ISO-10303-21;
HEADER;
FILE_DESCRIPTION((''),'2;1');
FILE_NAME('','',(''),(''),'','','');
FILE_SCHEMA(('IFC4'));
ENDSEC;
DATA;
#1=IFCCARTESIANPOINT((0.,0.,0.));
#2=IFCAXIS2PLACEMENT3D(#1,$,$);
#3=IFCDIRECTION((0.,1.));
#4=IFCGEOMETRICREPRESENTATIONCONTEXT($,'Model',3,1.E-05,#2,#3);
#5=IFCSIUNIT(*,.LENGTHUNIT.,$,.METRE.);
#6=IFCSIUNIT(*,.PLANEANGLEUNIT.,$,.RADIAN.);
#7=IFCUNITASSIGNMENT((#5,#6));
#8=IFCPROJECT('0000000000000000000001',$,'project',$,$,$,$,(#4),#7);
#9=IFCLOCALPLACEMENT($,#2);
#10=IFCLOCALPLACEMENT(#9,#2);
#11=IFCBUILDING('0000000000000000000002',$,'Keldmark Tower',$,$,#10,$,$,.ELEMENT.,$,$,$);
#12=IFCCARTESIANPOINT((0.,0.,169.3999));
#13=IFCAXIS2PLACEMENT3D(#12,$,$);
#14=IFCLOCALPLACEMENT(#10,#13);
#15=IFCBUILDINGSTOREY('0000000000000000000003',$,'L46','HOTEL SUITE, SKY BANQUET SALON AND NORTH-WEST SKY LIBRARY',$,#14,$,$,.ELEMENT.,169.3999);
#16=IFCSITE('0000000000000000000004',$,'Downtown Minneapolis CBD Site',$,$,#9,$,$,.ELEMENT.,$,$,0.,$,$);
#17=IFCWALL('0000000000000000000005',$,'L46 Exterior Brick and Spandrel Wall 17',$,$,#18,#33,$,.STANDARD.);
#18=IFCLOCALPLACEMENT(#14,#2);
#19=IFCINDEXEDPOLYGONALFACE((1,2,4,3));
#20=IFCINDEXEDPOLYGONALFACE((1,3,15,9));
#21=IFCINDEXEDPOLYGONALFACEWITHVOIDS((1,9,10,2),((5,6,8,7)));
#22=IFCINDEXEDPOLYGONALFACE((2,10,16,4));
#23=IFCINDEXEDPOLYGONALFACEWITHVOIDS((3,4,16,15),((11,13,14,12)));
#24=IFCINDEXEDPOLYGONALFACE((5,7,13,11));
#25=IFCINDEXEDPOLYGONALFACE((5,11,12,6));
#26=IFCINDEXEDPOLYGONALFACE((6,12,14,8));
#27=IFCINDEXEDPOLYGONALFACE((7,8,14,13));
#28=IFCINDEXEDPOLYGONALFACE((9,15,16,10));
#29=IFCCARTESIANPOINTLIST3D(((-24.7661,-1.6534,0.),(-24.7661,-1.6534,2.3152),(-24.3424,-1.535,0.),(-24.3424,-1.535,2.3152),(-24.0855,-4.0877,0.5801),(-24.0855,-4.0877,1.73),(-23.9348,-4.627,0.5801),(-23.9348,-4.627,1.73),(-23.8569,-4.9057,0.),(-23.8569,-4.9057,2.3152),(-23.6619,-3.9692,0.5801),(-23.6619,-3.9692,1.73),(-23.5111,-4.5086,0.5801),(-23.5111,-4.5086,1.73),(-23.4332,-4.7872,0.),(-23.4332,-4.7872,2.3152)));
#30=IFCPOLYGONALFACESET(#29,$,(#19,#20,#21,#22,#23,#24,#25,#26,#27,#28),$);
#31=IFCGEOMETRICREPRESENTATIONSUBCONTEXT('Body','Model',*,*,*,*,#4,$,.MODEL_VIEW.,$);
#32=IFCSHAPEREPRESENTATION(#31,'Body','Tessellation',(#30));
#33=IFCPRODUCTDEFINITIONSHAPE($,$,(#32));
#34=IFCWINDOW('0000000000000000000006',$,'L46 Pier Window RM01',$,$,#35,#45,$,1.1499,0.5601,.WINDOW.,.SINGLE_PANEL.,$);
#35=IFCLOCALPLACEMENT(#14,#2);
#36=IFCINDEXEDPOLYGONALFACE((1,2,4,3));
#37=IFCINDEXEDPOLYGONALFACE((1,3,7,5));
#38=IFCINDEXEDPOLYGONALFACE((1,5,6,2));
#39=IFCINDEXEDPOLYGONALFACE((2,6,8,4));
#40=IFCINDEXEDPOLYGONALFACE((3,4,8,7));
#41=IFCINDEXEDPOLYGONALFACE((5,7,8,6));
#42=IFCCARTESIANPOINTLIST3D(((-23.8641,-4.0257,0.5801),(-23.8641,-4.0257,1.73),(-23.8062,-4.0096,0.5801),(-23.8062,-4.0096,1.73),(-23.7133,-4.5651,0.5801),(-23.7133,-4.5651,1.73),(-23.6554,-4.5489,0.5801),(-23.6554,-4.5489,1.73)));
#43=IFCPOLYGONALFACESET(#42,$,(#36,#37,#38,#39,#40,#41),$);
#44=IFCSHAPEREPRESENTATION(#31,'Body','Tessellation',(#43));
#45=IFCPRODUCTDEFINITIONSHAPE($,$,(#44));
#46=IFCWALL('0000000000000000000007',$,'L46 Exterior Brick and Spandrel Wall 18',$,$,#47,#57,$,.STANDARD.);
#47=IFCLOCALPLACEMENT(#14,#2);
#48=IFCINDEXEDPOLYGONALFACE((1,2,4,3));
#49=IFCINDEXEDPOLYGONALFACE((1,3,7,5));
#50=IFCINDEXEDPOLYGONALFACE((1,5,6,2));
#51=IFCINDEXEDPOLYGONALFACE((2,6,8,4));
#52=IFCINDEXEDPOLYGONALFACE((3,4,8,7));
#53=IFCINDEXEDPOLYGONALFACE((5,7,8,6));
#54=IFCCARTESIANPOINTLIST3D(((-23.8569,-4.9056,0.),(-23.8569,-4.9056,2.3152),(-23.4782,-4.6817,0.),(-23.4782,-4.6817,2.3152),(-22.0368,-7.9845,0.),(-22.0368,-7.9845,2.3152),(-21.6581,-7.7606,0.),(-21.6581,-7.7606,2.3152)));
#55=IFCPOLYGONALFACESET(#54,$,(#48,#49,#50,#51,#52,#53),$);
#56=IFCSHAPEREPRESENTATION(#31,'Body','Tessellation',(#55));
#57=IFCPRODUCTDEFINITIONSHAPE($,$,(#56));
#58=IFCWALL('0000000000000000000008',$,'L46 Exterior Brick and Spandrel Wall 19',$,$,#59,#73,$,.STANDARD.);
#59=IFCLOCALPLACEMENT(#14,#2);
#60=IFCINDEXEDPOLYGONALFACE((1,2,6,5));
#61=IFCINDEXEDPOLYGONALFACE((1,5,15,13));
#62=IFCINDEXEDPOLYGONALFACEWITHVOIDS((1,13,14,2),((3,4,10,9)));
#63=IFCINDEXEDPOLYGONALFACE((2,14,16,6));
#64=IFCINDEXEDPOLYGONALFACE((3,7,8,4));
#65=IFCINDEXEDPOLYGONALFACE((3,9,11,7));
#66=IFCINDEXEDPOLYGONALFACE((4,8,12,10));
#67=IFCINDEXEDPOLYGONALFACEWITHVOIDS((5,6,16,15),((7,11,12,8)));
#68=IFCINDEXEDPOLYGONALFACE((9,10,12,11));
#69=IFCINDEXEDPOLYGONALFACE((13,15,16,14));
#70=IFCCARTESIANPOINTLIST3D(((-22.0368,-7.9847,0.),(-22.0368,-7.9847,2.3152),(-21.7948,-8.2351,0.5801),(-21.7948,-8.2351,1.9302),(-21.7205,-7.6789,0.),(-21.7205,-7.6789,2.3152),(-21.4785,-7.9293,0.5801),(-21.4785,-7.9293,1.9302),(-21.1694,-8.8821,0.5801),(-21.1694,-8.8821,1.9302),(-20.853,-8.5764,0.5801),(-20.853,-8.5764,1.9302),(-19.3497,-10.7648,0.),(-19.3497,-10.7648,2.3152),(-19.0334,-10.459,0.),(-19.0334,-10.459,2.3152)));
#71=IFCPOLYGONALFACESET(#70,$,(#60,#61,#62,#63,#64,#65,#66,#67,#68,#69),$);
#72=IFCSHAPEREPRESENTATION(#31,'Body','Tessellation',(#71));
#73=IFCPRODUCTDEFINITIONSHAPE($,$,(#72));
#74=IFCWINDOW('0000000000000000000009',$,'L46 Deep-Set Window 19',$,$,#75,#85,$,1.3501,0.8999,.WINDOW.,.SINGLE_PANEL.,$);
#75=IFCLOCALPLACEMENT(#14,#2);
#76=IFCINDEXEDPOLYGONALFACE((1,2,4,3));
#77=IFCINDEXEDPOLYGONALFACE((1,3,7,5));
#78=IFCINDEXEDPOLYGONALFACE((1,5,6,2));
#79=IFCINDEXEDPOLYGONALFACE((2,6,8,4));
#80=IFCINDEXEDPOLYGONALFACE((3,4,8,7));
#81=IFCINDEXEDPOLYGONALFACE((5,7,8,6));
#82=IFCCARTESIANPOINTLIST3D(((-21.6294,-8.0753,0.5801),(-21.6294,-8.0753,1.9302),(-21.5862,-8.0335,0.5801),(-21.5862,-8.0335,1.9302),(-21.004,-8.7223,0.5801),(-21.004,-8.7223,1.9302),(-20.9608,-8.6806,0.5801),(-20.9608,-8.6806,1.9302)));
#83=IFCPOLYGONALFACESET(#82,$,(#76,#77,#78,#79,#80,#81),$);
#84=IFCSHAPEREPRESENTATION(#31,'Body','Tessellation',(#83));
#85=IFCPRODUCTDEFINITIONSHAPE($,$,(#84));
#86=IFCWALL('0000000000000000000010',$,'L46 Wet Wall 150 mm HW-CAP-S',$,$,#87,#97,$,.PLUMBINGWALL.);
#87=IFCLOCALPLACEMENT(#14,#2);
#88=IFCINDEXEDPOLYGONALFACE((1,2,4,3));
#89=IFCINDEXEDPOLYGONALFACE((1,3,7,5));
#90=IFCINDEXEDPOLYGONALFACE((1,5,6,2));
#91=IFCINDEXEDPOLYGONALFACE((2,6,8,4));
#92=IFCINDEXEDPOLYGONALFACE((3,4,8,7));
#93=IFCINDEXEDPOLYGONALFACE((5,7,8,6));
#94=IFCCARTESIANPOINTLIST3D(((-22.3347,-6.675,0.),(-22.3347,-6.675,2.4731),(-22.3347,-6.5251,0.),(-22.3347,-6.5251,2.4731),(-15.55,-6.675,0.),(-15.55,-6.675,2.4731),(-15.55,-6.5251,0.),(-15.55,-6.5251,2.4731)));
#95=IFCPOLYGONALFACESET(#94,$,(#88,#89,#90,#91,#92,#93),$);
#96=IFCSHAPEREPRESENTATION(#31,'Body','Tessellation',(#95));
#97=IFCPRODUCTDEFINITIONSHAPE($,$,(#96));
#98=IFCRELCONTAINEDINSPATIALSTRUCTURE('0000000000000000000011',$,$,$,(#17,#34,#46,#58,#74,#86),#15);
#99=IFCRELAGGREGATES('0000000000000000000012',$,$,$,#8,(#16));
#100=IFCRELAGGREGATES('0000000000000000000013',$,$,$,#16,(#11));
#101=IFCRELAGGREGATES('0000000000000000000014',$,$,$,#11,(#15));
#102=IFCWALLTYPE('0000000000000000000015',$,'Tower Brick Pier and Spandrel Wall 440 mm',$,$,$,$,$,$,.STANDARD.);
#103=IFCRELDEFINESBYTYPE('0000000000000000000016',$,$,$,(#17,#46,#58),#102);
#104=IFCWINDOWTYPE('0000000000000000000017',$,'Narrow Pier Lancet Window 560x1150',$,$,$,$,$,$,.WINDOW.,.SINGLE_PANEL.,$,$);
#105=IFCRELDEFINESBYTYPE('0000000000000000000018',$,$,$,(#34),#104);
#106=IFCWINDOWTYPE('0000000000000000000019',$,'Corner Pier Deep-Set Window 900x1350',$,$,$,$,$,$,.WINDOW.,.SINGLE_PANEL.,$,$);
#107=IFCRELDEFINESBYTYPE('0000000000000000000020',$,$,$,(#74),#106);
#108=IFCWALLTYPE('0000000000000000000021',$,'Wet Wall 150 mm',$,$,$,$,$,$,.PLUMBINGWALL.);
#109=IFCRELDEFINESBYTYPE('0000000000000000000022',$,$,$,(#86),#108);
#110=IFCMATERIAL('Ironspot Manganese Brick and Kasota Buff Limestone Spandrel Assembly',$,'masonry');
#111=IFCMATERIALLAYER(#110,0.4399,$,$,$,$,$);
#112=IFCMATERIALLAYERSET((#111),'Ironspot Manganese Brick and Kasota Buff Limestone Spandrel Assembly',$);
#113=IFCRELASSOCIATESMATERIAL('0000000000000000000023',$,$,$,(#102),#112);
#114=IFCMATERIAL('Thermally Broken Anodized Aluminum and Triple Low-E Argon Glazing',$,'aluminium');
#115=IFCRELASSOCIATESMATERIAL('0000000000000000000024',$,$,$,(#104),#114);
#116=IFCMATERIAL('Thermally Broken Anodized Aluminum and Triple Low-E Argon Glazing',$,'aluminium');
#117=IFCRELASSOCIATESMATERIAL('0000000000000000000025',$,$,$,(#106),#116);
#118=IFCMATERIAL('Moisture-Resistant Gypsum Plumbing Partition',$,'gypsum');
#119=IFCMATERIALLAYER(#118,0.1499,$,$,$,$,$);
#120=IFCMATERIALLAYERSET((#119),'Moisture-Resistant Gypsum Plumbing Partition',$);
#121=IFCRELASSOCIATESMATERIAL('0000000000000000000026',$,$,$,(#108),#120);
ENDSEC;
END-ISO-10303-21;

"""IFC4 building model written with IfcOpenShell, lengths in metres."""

from ifc_helpers import new_model, si_unit, direction, frame, frame_2d, origin, place, context, subcontext, project, spatial, rectangle, extrude, material, layer, layer_set, type_object, element, fill, save


model = new_model("IFC4")

# Units and contexts
model_context = context("Model", 3, precision=1e-05, world=origin(), true_north=direction((0.0, 1.0)))
body_context = subcontext(model_context, "Body", "Model", "MODEL_VIEW")
ifc_project = project(units=[si_unit("LENGTHUNIT", "METRE"), si_unit("PLANEANGLEUNIT", "RADIAN")], contexts=[model_context])

# Site, building, storey
site_placement = place(None, origin())
site = spatial("IfcSite", under=ifc_project, at=site_placement, Name="Downtown Minneapolis CBD Site", CompositionType="ELEMENT", RefElevation=0.0)
building_placement = place(site_placement, origin())
building = spatial("IfcBuilding", under=site, at=building_placement, Name="Keldmark Tower", CompositionType="ELEMENT")
storey_placement = place(building_placement, frame((0.0, 0.0, 169.3999)))
storey = spatial("IfcBuildingStorey", under=building, at=storey_placement, Name="L46", Description="HOTEL SUITE, SKY BANQUET SALON AND NORTH-WEST SKY LIBRARY", CompositionType="ELEMENT", Elevation=169.3999)

# Wall, opening, window
ifc_material_1 = material(Name="Ironspot Manganese Brick and Kasota Buff Limestone Spandrel Assembly", Category="masonry")
ifc_layer_1 = layer(ifc_material_1, 0.4399)
ifc_layer_set_1 = layer_set([ifc_layer_1], Name="Ironspot Manganese Brick and Kasota Buff Limestone Spandrel Assembly")
wall_type_1 = type_object("IfcWallType", Name="Tower Brick Pier and Spandrel Wall 440 mm", PredefinedType="STANDARD", material=ifc_layer_set_1)
wall_1_placement = place(storey_placement, frame((-23.645, -4.8464, 0.0), z_axis=(0.0, 0.0, 1.0), x_axis=(-0.269236, 0.963074, 0.0)))
wall_1 = element("IfcWall", 1, at=wall_1_placement, inside=storey, type_object=wall_type_1, Name="L46 Exterior Brick and Spandrel Wall 17", PredefinedType="STANDARD", context=body_context, shape_type="SweptSolid", body=[
    extrude(rectangle(XDim=3.377, YDim=0.4399, at=frame_2d((1.6885, 0.0))), origin(), (0.0, 0.0, 1.0), 2.3152),
])
opening_1_placement = place(wall_1_placement, frame((0.2893, 0.0, 0.5801)))
opening_1 = element("IfcOpeningElement", 2, at=opening_1_placement, cuts=wall_1, PredefinedType="OPENING", context=body_context, shape_type="SweptSolid", body=[
    extrude(rectangle(XDim=0.5601, YDim=1.1499, at=frame_2d((0.28, 0.575))), frame((0.0, 0.23, 0.0), z_axis=(0.0, -1.0, 0.0), x_axis=(1.0, 0.0, 0.0)), (0.0, 0.0, 1.0), 0.46),
])
ifc_material_2 = material(Name="Thermally Broken Anodized Aluminum and Triple Low-E Argon Glazing", Category="aluminium")
window_type_1 = type_object("IfcWindowType", Name="Narrow Pier Lancet Window 560x1150", PartitioningType="SINGLE_PANEL", PredefinedType="WINDOW", material=ifc_material_2)
window_1_placement = place(opening_1_placement, origin())
window_1 = element("IfcWindow", 3, at=window_1_placement, inside=storey, type_object=window_type_1, Name="L46 Pier Window RM01", OverallHeight=1.1499, OverallWidth=0.5601, PartitioningType="SINGLE_PANEL", PredefinedType="WINDOW", context=body_context, shape_type="SweptSolid", body=[
    extrude(rectangle(XDim=0.5601, YDim=1.1499, at=frame_2d((0.28, 0.575))), frame((0.0, -0.01, 0.0), z_axis=(0.0, -1.0, 0.0), x_axis=(1.0, 0.0, 0.0)), (0.0, 0.0, 1.0), 0.0601),
])
fill(opening_1, window_1)

# Wall
wall_2_placement = place(storey_placement, frame((-21.8474, -7.8726, 0.0), z_axis=(0.0, 0.0, 1.0), x_axis=(-0.508883, 0.860835, 0.0)))
element("IfcWall", 4, at=wall_2_placement, inside=storey, type_object=wall_type_1, Name="L46 Exterior Brick and Spandrel Wall 18", PredefinedType="STANDARD", context=body_context, shape_type="SweptSolid", body=[
    extrude(rectangle(XDim=3.5767, YDim=0.4399, at=frame_2d((1.7883, 0.0))), origin(), (0.0, 0.0, 1.0), 2.3152),
])

# Wall, opening, window
wall_3_placement = place(storey_placement, frame((-19.1917, -10.6118, 0.0), z_axis=(0.0, 0.0, 1.0), x_axis=(-0.694975, 0.719034, 0.0)))
wall_3 = element("IfcWall", 5, at=wall_3_placement, inside=storey, type_object=wall_type_1, Name="L46 Exterior Brick and Spandrel Wall 19", PredefinedType="STANDARD", context=body_context, shape_type="SweptSolid", body=[
    extrude(rectangle(XDim=3.8665, YDim=0.4399, at=frame_2d((1.9331, 0.0))), origin(), (0.0, 0.0, 1.0), 2.3152),
])
opening_2_placement = place(wall_3_placement, frame((2.6182, 0.0, 0.5801)))
opening_2 = element("IfcOpeningElement", 6, at=opening_2_placement, cuts=wall_3, PredefinedType="OPENING", context=body_context, shape_type="SweptSolid", body=[
    extrude(rectangle(XDim=0.8999, YDim=1.3501, at=frame_2d((0.45, 0.675))), frame((0.0, 0.23, 0.0), z_axis=(0.0, -1.0, 0.0), x_axis=(1.0, 0.0, 0.0)), (0.0, 0.0, 1.0), 0.46),
])
ifc_material_3 = material(Name="Thermally Broken Anodized Aluminum and Triple Low-E Argon Glazing", Category="aluminium")
window_type_2 = type_object("IfcWindowType", Name="Corner Pier Deep-Set Window 900x1350", PartitioningType="SINGLE_PANEL", PredefinedType="WINDOW", material=ifc_material_3)
window_2_placement = place(opening_2_placement, origin())
window_2 = element("IfcWindow", 7, at=window_2_placement, inside=storey, type_object=window_type_2, Name="L46 Deep-Set Window 19", OverallHeight=1.3501, OverallWidth=0.8999, PartitioningType="SINGLE_PANEL", PredefinedType="WINDOW", context=body_context, shape_type="SweptSolid", body=[
    extrude(rectangle(XDim=0.8999, YDim=1.3501, at=frame_2d((0.45, 0.675))), frame((0.0, -0.01, 0.0), z_axis=(0.0, -1.0, 0.0), x_axis=(1.0, 0.0, 0.0)), (0.0, 0.0, 1.0), 0.0601),
])
fill(opening_2, window_2)

# Wall
ifc_material_4 = material(Name="Moisture-Resistant Gypsum Plumbing Partition", Category="gypsum")
ifc_layer_2 = layer(ifc_material_4, 0.1499)
ifc_layer_set_2 = layer_set([ifc_layer_2], Name="Moisture-Resistant Gypsum Plumbing Partition")
wall_type_2 = type_object("IfcWallType", Name="Wet Wall 150 mm", PredefinedType="PLUMBINGWALL", material=ifc_layer_set_2)
wall_4_placement = place(storey_placement, frame((-22.3347, -6.6001, 0.0), z_axis=(0.0, 0.0, 1.0), x_axis=(1.0, 0.0, 0.0)))
element("IfcWall", 8, at=wall_4_placement, inside=storey, type_object=wall_type_2, Name="L46 Wet Wall 150 mm HW-CAP-S", PredefinedType="PLUMBINGWALL", context=body_context, shape_type="SweptSolid", body=[
    extrude(rectangle(XDim=6.7847, YDim=0.1499, at=frame_2d((3.3923, 0.0))), origin(), (0.0, 0.0, 1.0), 2.4731),
])

save(model, "model.ifc")
